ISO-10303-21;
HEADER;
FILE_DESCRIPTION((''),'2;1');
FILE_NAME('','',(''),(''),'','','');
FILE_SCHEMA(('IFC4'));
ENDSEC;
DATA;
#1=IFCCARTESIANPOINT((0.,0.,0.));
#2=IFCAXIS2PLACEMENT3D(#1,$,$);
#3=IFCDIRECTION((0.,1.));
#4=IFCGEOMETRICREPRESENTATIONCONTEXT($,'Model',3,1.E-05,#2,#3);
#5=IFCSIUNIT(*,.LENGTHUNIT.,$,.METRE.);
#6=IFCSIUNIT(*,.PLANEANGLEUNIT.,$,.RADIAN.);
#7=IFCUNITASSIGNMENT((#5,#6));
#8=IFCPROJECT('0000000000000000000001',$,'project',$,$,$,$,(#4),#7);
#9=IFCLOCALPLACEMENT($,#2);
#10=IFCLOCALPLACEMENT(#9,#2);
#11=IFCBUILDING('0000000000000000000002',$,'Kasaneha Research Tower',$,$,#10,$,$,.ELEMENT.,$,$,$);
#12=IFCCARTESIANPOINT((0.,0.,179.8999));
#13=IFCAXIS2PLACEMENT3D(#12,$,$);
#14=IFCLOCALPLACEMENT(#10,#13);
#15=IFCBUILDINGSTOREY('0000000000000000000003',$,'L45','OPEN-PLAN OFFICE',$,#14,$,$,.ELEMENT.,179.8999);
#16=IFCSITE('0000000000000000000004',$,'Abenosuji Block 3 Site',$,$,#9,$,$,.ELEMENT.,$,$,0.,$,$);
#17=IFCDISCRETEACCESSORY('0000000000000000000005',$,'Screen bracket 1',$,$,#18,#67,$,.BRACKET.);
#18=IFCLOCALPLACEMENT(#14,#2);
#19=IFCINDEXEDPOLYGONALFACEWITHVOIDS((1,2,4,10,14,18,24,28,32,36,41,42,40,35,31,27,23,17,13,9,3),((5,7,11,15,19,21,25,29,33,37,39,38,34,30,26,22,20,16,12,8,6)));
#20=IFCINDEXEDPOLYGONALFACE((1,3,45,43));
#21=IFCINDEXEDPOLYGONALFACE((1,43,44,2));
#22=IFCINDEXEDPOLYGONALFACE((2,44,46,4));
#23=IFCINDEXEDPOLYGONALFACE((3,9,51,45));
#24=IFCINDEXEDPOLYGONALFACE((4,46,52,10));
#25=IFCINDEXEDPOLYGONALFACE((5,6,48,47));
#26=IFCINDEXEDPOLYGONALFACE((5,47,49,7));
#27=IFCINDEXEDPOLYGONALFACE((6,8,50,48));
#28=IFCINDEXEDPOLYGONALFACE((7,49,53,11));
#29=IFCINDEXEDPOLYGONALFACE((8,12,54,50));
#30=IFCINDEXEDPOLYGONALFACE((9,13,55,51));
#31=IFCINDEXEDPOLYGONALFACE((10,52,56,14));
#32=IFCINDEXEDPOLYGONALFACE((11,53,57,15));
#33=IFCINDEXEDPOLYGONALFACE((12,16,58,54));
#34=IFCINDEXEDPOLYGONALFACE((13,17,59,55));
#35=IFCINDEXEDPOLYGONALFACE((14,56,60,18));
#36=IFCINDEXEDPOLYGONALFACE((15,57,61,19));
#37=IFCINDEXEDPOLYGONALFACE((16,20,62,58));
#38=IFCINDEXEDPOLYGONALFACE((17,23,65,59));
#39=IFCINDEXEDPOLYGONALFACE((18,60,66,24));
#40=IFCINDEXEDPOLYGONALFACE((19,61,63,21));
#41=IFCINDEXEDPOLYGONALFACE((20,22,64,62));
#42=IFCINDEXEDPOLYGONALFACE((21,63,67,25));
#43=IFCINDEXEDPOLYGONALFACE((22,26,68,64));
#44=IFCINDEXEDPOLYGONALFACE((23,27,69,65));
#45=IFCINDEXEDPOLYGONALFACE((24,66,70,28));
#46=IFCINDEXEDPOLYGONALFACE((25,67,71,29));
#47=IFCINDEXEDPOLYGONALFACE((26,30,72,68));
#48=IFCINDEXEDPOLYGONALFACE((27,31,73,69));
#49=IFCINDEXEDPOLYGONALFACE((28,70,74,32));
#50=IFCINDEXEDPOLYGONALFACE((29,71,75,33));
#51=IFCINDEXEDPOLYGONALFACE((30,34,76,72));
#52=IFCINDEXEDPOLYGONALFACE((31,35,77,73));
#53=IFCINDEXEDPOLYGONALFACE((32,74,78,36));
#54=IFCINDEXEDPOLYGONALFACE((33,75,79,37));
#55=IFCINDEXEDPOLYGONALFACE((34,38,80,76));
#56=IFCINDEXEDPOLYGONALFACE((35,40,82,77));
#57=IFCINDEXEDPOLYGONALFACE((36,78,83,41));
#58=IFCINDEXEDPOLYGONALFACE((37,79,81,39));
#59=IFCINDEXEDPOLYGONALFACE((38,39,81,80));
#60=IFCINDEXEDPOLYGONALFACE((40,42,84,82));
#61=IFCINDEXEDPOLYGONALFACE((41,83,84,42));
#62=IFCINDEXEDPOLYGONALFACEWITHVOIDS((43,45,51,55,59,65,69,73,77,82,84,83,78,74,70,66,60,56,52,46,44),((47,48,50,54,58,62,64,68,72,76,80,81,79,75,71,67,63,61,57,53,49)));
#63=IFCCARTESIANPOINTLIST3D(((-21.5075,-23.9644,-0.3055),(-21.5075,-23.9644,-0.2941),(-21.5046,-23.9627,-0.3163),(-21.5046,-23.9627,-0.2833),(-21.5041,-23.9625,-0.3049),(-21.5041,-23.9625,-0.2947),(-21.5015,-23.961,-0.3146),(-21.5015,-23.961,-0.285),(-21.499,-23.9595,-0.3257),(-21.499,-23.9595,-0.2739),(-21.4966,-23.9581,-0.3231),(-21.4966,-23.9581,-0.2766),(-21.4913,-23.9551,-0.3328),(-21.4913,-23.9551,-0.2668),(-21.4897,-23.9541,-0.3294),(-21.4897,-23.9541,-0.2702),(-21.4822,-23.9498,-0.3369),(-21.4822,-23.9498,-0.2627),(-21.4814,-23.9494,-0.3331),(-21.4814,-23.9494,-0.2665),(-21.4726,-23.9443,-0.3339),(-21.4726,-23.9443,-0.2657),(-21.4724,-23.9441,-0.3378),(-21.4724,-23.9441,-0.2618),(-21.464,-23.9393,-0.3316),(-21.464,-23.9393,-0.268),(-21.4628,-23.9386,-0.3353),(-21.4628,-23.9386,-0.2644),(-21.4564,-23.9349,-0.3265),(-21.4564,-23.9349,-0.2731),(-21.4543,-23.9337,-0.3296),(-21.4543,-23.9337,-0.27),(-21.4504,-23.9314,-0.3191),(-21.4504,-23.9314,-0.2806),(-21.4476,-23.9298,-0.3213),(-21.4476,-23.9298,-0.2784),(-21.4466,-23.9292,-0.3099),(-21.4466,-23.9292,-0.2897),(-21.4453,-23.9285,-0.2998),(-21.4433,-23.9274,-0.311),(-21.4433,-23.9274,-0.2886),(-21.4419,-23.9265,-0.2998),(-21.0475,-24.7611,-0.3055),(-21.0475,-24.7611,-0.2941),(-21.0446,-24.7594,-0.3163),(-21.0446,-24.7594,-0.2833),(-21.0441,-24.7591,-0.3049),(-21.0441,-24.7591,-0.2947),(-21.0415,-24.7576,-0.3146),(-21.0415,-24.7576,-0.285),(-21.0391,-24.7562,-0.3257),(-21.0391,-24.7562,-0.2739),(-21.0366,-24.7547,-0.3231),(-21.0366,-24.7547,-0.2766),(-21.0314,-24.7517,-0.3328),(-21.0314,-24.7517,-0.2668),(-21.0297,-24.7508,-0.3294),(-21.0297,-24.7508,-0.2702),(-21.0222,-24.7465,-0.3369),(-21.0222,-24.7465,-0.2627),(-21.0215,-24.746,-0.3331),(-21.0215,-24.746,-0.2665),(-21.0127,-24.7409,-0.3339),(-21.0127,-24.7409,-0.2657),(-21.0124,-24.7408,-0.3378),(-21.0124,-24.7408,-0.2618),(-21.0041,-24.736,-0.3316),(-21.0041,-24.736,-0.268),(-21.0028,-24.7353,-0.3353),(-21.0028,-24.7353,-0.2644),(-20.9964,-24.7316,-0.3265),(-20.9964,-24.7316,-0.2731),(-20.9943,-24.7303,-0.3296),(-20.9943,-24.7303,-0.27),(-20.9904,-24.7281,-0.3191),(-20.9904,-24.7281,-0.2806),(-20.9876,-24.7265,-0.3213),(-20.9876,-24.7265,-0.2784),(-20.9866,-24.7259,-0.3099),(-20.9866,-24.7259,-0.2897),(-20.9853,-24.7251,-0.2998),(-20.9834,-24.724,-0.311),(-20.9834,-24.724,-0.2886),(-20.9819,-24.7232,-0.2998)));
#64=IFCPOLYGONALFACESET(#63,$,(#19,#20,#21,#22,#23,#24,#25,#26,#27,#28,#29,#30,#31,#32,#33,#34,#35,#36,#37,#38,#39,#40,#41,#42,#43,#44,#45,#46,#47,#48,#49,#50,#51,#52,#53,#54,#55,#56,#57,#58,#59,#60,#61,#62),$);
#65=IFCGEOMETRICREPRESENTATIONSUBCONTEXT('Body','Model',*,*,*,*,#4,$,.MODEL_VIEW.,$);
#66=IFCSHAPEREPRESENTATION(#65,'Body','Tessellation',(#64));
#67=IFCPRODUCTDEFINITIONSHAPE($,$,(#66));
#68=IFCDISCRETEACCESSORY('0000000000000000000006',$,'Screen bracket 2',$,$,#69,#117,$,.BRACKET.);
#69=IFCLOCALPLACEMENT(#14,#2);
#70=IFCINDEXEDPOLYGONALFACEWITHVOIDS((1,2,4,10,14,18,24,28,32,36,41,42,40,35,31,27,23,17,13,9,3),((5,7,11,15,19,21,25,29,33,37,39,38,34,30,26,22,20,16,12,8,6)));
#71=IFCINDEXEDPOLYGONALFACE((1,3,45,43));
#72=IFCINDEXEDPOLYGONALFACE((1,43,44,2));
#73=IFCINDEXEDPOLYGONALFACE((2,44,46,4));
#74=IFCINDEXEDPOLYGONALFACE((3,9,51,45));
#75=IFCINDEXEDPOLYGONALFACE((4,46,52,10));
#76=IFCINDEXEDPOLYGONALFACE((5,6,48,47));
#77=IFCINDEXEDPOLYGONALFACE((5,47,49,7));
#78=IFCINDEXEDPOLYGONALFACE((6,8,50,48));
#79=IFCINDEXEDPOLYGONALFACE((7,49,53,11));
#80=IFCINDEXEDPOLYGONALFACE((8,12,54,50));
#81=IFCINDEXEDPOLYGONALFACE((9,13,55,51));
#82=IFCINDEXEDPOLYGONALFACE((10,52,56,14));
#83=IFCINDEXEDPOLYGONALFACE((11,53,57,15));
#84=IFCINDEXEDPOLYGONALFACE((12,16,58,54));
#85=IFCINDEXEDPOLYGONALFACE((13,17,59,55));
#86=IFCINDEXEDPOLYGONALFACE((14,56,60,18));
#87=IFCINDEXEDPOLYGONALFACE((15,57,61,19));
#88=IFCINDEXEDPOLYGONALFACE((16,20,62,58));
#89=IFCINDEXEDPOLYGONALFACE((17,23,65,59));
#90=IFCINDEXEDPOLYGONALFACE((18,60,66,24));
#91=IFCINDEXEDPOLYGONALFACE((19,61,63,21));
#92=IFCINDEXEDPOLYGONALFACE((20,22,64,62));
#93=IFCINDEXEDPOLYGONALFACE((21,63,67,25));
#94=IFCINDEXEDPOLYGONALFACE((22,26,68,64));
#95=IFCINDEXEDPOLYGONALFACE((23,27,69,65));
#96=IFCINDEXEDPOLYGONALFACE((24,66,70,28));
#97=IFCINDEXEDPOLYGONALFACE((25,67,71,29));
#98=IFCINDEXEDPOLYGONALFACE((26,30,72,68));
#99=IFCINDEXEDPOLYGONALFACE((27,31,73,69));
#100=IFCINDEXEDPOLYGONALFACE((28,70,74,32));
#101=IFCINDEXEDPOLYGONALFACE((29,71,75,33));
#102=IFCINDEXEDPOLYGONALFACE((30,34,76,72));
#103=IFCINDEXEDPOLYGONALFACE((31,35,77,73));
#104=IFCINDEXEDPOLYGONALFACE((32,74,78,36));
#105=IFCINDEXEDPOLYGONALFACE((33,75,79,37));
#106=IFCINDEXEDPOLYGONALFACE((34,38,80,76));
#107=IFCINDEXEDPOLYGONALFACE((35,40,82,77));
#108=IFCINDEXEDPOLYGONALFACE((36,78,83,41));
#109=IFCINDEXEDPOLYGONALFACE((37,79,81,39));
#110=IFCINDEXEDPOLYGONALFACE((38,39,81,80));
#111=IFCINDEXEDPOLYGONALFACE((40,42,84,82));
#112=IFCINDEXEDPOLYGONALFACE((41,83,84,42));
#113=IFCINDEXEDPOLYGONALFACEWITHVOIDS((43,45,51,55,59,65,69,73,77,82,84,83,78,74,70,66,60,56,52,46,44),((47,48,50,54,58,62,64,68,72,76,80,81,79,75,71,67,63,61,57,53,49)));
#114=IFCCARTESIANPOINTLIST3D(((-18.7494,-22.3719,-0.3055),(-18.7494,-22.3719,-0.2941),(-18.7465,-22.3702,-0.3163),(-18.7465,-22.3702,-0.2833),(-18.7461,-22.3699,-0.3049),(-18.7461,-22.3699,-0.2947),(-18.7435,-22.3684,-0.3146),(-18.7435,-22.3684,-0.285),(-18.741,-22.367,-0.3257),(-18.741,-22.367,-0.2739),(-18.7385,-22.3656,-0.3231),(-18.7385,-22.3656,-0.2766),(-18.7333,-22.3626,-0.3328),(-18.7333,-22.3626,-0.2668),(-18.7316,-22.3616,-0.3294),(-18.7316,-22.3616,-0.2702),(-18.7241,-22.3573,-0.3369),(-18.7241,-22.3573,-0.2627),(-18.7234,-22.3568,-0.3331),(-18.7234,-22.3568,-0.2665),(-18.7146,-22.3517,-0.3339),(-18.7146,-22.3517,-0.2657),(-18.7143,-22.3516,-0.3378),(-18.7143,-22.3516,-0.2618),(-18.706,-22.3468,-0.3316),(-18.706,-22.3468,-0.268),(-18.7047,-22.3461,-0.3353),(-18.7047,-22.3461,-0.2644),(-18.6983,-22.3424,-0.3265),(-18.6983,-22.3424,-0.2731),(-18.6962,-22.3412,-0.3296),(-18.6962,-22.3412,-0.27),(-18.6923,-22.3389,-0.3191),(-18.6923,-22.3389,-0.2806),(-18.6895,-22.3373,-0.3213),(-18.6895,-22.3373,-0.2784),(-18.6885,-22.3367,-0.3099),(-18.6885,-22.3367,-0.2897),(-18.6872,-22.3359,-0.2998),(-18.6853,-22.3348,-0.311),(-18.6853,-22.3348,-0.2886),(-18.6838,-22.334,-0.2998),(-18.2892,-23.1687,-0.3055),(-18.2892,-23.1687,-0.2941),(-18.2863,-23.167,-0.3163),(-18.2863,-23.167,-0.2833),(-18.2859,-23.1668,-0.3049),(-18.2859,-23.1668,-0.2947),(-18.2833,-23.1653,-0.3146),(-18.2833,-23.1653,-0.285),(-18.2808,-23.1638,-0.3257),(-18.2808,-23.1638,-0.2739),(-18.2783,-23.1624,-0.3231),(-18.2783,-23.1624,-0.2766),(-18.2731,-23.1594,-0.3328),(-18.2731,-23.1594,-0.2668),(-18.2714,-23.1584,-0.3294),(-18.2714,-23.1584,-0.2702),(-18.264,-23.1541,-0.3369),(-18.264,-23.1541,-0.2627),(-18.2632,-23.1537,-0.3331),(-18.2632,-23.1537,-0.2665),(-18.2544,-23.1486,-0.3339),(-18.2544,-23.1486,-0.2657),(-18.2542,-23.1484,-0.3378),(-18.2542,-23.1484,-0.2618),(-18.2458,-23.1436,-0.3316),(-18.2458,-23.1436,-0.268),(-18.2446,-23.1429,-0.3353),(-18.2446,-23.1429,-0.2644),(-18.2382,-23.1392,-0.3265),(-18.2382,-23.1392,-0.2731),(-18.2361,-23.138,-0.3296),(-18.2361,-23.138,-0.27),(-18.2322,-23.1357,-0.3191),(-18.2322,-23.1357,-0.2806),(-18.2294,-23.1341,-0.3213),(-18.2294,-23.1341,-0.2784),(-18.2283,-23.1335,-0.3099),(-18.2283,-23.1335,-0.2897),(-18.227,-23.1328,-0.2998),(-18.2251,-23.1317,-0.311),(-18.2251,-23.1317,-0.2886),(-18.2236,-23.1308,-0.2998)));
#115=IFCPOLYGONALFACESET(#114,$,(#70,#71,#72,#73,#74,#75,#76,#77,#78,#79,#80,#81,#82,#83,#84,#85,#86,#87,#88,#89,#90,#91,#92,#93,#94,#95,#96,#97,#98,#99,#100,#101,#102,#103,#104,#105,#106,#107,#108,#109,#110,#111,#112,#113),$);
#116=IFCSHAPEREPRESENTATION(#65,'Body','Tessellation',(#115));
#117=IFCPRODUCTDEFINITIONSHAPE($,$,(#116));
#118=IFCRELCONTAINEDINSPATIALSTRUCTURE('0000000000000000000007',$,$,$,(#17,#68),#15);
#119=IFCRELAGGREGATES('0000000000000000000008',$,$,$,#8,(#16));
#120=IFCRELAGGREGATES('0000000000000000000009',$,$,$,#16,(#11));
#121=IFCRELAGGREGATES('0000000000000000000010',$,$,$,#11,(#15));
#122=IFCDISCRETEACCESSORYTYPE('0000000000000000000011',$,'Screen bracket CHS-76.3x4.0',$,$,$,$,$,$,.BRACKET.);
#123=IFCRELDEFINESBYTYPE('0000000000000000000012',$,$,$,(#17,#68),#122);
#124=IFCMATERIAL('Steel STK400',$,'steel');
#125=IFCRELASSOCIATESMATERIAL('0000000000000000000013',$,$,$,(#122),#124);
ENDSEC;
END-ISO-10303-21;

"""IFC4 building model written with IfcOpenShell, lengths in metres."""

from ifc_helpers import new_model, si_unit, direction, frame, origin, origin_2d, place, context, subcontext, project, spatial, hollow_circle, extrude, material, material_profile, profile_set, type_object, element, save


model = new_model("IFC4")

# Units and contexts
model_context = context("Model", 3, precision=1e-05, world=origin(), true_north=direction((0.0, 1.0)))
body_context = subcontext(model_context, "Body", "Model", "MODEL_VIEW")
ifc_project = project(units=[si_unit("LENGTHUNIT", "METRE"), si_unit("PLANEANGLEUNIT", "RADIAN")], contexts=[model_context])

# Site, building, storey
site_placement = place(None, origin())
site = spatial("IfcSite", under=ifc_project, at=site_placement, Name="Abenosuji Block 3 Site", CompositionType="ELEMENT", RefElevation=0.0)
building_placement = place(site_placement, origin())
building = spatial("IfcBuilding", under=site, at=building_placement, Name="Kasaneha Research Tower", CompositionType="ELEMENT")
storey_placement = place(building_placement, frame((0.0, 0.0, 179.8999)))
storey = spatial("IfcBuildingStorey", under=building, at=storey_placement, Name="L45", Description="OPEN-PLAN OFFICE", CompositionType="ELEMENT", Elevation=179.8999)

# Discrete accessories
ifc_material_1 = material(Name="Steel STK400", Category="steel")
ifc_material_profile_1 = material_profile(ifc_material_1, hollow_circle(Radius=0.0381, WallThickness=0.0039, at=origin_2d()), Name="CHS-76.3x4.0")
ifc_profile_set_1 = profile_set([ifc_material_profile_1], Name="Steel STK400")
discrete_accessory_type = type_object("IfcDiscreteAccessoryType", Name="Screen bracket CHS-76.3x4.0", PredefinedType="BRACKET", material=ifc_profile_set_1)
discrete_accessory_1_placement = place(storey_placement, frame((-21.4749, -23.9456, -0.2998), z_axis=(0.500021, -0.866013, 0.0), x_axis=(0.866013, 0.500021, 0.0)))
element("IfcDiscreteAccessory", 1, at=discrete_accessory_1_placement, inside=storey, type_object=discrete_accessory_type, Name="Screen bracket 1", PredefinedType="BRACKET", context=body_context, shape_type="SweptSolid", body=[
    extrude(hollow_circle(Radius=0.0381, WallThickness=0.0039, at=origin_2d()), origin(), (0.0, 0.0, 1.0), 0.9199),
])
discrete_accessory_2_placement = place(storey_placement, frame((-18.7168, -22.353, -0.2998), z_axis=(0.500105, -0.865965, 0.0), x_axis=(0.865965, 0.500105, 0.0)))
element("IfcDiscreteAccessory", 2, at=discrete_accessory_2_placement, inside=storey, type_object=discrete_accessory_type, Name="Screen bracket 2", PredefinedType="BRACKET", context=body_context, shape_type="SweptSolid", body=[
    extrude(hollow_circle(Radius=0.0381, WallThickness=0.0039, at=origin_2d()), origin(), (0.0, 0.0, 1.0), 0.9202),
])

save(model, "model.ifc")
